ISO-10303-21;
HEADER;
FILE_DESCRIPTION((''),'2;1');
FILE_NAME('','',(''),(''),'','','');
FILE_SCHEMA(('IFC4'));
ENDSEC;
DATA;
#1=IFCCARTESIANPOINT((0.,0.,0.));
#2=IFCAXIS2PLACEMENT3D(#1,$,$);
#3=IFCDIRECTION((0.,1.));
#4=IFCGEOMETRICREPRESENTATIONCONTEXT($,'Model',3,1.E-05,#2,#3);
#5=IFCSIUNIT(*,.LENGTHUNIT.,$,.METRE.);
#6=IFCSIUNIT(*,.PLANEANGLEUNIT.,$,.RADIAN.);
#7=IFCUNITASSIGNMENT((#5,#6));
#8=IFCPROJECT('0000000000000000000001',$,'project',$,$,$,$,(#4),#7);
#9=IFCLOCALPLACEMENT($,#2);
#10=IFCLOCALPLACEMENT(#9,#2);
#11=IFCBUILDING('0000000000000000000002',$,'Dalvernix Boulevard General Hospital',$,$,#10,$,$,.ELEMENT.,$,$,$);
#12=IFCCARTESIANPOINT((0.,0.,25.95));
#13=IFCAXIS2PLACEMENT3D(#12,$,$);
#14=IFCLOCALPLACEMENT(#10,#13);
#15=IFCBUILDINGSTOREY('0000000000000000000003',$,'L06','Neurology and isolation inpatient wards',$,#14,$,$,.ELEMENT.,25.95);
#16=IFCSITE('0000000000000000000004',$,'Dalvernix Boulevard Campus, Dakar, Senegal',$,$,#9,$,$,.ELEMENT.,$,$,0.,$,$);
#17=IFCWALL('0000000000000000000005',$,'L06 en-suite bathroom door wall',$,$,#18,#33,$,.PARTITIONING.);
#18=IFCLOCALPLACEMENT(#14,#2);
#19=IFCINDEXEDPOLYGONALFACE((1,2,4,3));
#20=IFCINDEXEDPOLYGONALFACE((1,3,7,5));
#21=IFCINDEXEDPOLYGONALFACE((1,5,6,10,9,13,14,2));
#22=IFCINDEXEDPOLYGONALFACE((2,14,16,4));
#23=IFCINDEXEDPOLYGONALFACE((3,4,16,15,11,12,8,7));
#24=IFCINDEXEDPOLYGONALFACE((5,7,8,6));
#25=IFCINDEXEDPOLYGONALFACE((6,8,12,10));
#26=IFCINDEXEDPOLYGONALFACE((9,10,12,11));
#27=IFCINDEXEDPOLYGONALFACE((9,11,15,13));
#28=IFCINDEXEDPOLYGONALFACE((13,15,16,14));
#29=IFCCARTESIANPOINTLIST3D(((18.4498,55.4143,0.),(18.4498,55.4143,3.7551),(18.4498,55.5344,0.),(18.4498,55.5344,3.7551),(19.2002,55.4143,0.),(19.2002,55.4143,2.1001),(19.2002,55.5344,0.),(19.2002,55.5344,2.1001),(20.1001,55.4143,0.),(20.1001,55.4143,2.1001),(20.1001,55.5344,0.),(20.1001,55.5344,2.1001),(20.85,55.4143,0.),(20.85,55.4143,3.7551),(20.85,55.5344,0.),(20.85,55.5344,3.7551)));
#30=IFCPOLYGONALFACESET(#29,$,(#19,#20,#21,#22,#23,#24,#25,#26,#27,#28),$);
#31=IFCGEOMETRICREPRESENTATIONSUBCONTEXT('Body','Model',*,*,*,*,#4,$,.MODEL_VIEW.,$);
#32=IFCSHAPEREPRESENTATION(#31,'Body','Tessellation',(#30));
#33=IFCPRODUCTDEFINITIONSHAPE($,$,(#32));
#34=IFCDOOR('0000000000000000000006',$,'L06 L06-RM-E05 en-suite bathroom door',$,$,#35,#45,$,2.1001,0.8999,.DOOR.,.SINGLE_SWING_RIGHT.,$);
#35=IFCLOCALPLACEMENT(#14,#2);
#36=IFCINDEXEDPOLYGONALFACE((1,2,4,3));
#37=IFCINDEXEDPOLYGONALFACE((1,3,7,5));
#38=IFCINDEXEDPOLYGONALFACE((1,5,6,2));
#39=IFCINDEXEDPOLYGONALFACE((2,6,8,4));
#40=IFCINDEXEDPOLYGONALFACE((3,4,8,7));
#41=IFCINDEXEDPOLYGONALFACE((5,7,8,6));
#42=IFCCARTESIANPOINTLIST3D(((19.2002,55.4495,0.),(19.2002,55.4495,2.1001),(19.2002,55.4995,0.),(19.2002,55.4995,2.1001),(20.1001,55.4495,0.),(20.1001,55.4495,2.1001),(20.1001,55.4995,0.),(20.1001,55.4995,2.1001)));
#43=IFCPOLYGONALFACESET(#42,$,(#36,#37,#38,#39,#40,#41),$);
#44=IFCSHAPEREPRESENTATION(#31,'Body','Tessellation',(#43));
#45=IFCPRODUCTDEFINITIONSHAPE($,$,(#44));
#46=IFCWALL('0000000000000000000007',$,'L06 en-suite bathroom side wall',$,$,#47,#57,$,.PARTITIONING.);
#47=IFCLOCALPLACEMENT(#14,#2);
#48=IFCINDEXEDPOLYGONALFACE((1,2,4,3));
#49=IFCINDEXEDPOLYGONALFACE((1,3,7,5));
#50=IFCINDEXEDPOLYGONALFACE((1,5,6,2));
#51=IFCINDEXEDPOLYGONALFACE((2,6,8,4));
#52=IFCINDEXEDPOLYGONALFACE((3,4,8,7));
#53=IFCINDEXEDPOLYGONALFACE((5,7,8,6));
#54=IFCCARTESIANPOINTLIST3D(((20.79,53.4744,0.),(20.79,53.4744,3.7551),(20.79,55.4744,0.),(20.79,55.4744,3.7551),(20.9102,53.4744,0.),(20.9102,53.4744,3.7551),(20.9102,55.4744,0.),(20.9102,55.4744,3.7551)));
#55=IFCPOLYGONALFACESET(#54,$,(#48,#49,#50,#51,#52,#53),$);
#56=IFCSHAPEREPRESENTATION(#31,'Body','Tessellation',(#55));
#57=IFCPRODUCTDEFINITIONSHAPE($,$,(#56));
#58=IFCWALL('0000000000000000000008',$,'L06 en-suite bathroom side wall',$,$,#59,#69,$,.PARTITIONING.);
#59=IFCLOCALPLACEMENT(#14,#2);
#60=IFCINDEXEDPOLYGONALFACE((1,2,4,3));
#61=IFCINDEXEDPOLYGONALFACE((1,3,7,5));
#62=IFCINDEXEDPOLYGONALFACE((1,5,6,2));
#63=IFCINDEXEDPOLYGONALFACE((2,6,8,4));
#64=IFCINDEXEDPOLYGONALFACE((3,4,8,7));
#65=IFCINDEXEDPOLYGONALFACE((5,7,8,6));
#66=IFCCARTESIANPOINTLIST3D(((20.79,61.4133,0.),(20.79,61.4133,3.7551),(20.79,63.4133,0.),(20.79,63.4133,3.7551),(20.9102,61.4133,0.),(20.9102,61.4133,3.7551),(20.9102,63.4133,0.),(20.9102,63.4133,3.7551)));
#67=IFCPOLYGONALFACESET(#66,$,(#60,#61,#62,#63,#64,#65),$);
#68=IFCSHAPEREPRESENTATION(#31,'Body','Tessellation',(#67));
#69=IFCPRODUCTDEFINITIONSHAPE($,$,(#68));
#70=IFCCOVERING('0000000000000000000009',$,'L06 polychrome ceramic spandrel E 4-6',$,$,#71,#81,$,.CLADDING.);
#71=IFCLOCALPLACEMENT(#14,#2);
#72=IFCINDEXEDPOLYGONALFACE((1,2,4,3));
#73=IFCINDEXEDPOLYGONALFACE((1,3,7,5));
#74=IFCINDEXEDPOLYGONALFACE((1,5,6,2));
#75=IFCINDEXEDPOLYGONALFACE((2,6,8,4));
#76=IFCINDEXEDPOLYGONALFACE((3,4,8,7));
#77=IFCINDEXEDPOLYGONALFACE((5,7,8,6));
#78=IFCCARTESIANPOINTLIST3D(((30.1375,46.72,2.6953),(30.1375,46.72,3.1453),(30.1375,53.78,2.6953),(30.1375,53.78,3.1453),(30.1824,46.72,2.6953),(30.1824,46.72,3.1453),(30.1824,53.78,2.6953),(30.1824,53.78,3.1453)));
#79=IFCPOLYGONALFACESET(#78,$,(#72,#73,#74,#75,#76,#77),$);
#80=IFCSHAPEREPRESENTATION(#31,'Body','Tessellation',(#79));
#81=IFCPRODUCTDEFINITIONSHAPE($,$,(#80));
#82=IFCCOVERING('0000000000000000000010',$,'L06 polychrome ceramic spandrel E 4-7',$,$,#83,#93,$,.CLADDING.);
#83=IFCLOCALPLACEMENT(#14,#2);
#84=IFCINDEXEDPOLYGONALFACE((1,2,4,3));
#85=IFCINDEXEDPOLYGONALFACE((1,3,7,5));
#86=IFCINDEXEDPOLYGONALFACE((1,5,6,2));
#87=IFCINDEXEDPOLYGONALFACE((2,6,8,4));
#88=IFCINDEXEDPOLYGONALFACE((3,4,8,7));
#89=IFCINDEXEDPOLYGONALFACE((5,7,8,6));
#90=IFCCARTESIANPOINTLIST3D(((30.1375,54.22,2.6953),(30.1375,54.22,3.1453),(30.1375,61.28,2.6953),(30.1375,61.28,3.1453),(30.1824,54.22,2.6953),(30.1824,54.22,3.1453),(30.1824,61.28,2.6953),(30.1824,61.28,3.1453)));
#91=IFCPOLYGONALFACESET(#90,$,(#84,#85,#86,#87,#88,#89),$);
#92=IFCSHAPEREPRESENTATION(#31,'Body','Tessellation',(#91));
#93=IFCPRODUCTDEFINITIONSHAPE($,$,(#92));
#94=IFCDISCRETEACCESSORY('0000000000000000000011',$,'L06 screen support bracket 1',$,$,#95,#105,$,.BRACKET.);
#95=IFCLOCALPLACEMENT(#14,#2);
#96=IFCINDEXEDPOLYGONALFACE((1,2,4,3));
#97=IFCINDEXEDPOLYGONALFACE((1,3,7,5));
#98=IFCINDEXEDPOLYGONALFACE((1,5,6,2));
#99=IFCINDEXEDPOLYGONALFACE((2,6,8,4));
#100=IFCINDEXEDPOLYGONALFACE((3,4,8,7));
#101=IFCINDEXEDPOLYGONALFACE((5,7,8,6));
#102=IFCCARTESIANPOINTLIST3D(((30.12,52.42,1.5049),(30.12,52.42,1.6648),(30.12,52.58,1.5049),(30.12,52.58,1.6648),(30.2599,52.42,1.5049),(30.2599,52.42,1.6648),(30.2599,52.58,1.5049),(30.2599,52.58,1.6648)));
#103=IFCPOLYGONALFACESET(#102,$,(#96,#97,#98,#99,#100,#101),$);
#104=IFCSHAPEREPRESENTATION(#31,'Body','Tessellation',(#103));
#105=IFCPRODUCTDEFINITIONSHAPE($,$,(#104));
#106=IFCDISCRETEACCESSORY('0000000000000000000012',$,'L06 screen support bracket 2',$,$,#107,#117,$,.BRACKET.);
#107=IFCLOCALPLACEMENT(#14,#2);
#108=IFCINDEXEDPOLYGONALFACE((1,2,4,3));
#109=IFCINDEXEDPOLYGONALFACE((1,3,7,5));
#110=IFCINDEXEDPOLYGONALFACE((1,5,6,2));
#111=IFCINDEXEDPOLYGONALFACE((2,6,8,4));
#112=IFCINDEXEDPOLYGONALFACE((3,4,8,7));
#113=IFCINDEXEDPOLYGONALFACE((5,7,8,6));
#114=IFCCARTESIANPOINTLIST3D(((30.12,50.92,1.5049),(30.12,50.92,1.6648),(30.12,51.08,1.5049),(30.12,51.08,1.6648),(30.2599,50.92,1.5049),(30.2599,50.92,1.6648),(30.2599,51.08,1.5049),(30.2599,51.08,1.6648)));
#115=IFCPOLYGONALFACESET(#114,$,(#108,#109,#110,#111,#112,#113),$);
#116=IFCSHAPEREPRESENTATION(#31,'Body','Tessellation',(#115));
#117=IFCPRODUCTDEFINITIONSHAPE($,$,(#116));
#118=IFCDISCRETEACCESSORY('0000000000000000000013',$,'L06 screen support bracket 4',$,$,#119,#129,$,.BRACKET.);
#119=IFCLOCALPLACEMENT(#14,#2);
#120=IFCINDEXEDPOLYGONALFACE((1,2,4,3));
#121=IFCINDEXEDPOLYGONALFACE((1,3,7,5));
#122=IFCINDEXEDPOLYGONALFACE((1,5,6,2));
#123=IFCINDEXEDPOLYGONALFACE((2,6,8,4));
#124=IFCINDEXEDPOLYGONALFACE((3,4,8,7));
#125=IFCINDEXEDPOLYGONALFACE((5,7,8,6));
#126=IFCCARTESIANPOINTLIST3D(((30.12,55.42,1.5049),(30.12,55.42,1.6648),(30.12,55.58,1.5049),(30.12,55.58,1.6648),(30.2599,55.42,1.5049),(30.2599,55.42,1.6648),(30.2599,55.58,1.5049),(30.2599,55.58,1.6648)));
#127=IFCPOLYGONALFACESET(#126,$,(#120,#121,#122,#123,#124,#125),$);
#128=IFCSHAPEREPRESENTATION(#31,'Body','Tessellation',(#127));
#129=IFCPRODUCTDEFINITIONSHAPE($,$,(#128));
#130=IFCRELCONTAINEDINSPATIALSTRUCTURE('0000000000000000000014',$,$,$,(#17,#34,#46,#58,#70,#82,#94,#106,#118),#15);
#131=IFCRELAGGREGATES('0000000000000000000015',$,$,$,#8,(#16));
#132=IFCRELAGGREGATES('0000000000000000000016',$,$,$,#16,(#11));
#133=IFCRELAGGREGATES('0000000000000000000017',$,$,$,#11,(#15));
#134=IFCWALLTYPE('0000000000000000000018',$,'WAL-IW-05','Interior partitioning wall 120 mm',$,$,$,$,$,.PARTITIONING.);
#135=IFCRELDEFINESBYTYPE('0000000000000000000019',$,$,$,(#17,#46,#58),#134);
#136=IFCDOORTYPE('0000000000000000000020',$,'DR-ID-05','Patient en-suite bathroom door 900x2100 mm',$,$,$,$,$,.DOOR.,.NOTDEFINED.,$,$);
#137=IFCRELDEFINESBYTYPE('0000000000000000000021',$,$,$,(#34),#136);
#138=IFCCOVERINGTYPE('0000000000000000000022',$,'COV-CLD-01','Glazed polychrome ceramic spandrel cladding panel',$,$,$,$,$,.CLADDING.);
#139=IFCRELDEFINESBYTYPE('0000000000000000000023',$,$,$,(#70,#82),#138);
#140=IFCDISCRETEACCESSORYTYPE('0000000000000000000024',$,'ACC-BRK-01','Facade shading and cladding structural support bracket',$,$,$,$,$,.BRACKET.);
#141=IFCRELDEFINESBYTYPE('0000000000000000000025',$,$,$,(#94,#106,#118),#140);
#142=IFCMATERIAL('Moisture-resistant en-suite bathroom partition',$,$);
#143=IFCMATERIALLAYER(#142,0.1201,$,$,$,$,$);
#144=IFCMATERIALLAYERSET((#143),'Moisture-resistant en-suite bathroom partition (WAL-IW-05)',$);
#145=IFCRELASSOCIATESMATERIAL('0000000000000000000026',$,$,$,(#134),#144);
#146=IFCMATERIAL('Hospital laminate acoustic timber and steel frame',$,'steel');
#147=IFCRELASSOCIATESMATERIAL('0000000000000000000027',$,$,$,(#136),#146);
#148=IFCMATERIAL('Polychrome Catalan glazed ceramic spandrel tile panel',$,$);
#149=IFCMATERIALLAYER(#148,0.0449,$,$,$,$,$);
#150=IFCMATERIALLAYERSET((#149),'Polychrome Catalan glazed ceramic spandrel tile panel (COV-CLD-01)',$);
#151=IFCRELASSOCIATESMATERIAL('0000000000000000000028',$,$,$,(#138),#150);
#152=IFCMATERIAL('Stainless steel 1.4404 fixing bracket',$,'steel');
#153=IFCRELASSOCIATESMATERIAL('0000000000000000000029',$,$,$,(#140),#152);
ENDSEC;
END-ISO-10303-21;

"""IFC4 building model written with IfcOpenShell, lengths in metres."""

from ifc_helpers import new_model, si_unit, direction, frame, frame_2d, origin, origin_2d, place, context, subcontext, project, spatial, rectangle, extrude, material, layer, layer_set, type_object, element, fill, save


model = new_model("IFC4")

# Units and contexts
model_context = context("Model", 3, precision=1e-05, world=origin(), true_north=direction((0.0, 1.0)))
body_context = subcontext(model_context, "Body", "Model", "MODEL_VIEW")
ifc_project = project(units=[si_unit("LENGTHUNIT", "METRE"), si_unit("PLANEANGLEUNIT", "RADIAN")], contexts=[model_context])

# Site, building, storey
site_placement = place(None, origin())
site = spatial("IfcSite", under=ifc_project, at=site_placement, Name="Dalvernix Boulevard Campus, Dakar, Senegal", CompositionType="ELEMENT", RefElevation=0.0)
building_placement = place(site_placement, origin())
building = spatial("IfcBuilding", under=site, at=building_placement, Name="Dalvernix Boulevard General Hospital", CompositionType="ELEMENT")
storey_placement = place(building_placement, frame((0.0, 0.0, 25.95)))
storey = spatial("IfcBuildingStorey", under=building, at=storey_placement, Name="L06", Description="Neurology and isolation inpatient wards", CompositionType="ELEMENT", Elevation=25.95)

# Shared definitions
ifc_material_1 = material(Name="Hospital laminate acoustic timber and steel frame", Category="steel")

# Wall, opening, door
ifc_material_2 = material(Name="Moisture-resistant en-suite bathroom partition")
ifc_layer_1 = layer(ifc_material_2, 0.1201)
ifc_layer_set_1 = layer_set([ifc_layer_1], Name="Moisture-resistant en-suite bathroom partition (WAL-IW-05)")
wall_type_1 = type_object("IfcWallType", Name="WAL-IW-05", Description="Interior partitioning wall 120 mm", PredefinedType="PARTITIONING", material=ifc_layer_set_1)
wall_1_placement = place(storey_placement, frame((20.8501, 55.4744, 0.0), z_axis=(0.0, 0.0, 1.0), x_axis=(-1.0, 0.0, 0.0)))
wall_1 = element("IfcWall", 1, at=wall_1_placement, inside=storey, type_object=wall_type_1, Name="L06 en-suite bathroom door wall", PredefinedType="PARTITIONING", context=body_context, shape_type="SweptSolid", body=[
    extrude(rectangle(XDim=2.4001, YDim=0.1201, at=frame_2d((1.2002, 0.0))), origin(), (0.0, 0.0, 1.0), 3.7551),
])
opening_1_placement = place(wall_1_placement, frame((0.75, 0.0, 0.0)))
opening_1 = element("IfcOpeningElement", 2, at=opening_1_placement, cuts=wall_1, PredefinedType="OPENING", context=body_context, shape_type="SweptSolid", body=[
    extrude(rectangle(XDim=0.8999, YDim=2.1001, at=frame_2d((0.45, 1.05))), frame((0.0, 0.0701, 0.0), z_axis=(0.0, -1.0, 0.0), x_axis=(1.0, 0.0, 0.0)), (0.0, 0.0, 1.0), 0.1401),
])
door_type_1 = type_object("IfcDoorType", Name="DR-ID-05", Description="Patient en-suite bathroom door 900x2100 mm", OperationType="NOTDEFINED", PredefinedType="DOOR", material=ifc_material_1)
door_1_placement = place(opening_1_placement, origin())
door_1 = element("IfcDoor", 3, at=door_1_placement, inside=storey, type_object=door_type_1, Name="L06 L06-RM-E05 en-suite bathroom door", OperationType="SINGLE_SWING_RIGHT", OverallHeight=2.1001, OverallWidth=0.8999, PredefinedType="DOOR", context=body_context, shape_type="SweptSolid", body=[
    extrude(rectangle(XDim=0.8999, YDim=2.1001, at=frame_2d((0.45, 1.05))), frame((0.0, 0.0249, 0.0), z_axis=(0.0, -1.0, 0.0), x_axis=(1.0, 0.0, 0.0)), (0.0, 0.0, 1.0), 0.05),
])
fill(opening_1, door_1)

# Walls
for number, where, z_axis, x_axis, name in (
    (4, (20.8501, 53.4744, 0.0), (0.0, 0.0, 1.0), (0.0, 1.0, 0.0), "L06 en-suite bathroom side wall"),
    (5, (20.8501, 61.4133, 0.0), (0.0, 0.0, 1.0), (0.0, 1.0, 0.0), "L06 en-suite bathroom side wall"),
):
    element("IfcWall", number, at=place(storey_placement, frame(where, z_axis=z_axis, x_axis=x_axis)), inside=storey, type_object=wall_type_1, Name=name, PredefinedType="PARTITIONING", context=body_context, shape_type="SweptSolid", body=[
        extrude(rectangle(XDim=2.0, YDim=0.1201, at=frame_2d((1.0, 0.0))), origin(), (0.0, 0.0, 1.0), 3.7551),
    ])

# Coverings
ifc_material_3 = material(Name="Polychrome Catalan glazed ceramic spandrel tile panel")
ifc_layer_2 = layer(ifc_material_3, 0.0449)
ifc_layer_set_2 = layer_set([ifc_layer_2], Name="Polychrome Catalan glazed ceramic spandrel tile panel (COV-CLD-01)")
covering_type = type_object("IfcCoveringType", Name="COV-CLD-01", Description="Glazed polychrome ceramic spandrel cladding panel", PredefinedType="CLADDING", material=ifc_layer_set_2)
for number, where, z_axis, x_axis, name in (
    (6, (30.1599, 50.25, 2.6953), (0.0, 0.0, 1.0), (0.0, -1.0, 0.0), "L06 polychrome ceramic spandrel E 4-6"),
    (7, (30.1599, 57.75, 2.6953), (0.0, 0.0, 1.0), (0.0, -1.0, 0.0), "L06 polychrome ceramic spandrel E 4-7"),
):
    element("IfcCovering", number, at=place(storey_placement, frame(where, z_axis=z_axis, x_axis=x_axis)), inside=storey, type_object=covering_type, Name=name, PredefinedType="CLADDING", context=body_context, shape_type="SweptSolid", body=[
        extrude(rectangle(XDim=7.0601, YDim=0.0449, at=origin_2d()), origin(), (0.0, 0.0, 1.0), 0.45),
    ])

# Discrete accessories
ifc_material_4 = material(Name="Stainless steel 1.4404 fixing bracket", Category="steel")
discrete_accessory_type = type_object("IfcDiscreteAccessoryType", Name="ACC-BRK-01", Description="Facade shading and cladding structural support bracket", PredefinedType="BRACKET", material=ifc_material_4)
for number, where, z_axis, x_axis, name in (
    (8, (30.1899, 52.5, 1.5049), (0.0, 0.0, 1.0), (0.0, -1.0, 0.0), "L06 screen support bracket 1"),
    (9, (30.1899, 51.0, 1.5049), (0.0, 0.0, 1.0), (0.0, -1.0, 0.0), "L06 screen support bracket 2"),
    (10, (30.1899, 55.5, 1.5049), (0.0, 0.0, 1.0), (0.0, -1.0, 0.0), "L06 screen support bracket 4"),
):
    element("IfcDiscreteAccessory", number, at=place(storey_placement, frame(where, z_axis=z_axis, x_axis=x_axis)), inside=storey, type_object=discrete_accessory_type, Name=name, PredefinedType="BRACKET", context=body_context, shape_type="SweptSolid", body=[
        extrude(rectangle(XDim=0.1599, YDim=0.1399, at=origin_2d()), origin(), (0.0, 0.0, 1.0), 0.1599),
    ])

save(model, "model.ifc")
